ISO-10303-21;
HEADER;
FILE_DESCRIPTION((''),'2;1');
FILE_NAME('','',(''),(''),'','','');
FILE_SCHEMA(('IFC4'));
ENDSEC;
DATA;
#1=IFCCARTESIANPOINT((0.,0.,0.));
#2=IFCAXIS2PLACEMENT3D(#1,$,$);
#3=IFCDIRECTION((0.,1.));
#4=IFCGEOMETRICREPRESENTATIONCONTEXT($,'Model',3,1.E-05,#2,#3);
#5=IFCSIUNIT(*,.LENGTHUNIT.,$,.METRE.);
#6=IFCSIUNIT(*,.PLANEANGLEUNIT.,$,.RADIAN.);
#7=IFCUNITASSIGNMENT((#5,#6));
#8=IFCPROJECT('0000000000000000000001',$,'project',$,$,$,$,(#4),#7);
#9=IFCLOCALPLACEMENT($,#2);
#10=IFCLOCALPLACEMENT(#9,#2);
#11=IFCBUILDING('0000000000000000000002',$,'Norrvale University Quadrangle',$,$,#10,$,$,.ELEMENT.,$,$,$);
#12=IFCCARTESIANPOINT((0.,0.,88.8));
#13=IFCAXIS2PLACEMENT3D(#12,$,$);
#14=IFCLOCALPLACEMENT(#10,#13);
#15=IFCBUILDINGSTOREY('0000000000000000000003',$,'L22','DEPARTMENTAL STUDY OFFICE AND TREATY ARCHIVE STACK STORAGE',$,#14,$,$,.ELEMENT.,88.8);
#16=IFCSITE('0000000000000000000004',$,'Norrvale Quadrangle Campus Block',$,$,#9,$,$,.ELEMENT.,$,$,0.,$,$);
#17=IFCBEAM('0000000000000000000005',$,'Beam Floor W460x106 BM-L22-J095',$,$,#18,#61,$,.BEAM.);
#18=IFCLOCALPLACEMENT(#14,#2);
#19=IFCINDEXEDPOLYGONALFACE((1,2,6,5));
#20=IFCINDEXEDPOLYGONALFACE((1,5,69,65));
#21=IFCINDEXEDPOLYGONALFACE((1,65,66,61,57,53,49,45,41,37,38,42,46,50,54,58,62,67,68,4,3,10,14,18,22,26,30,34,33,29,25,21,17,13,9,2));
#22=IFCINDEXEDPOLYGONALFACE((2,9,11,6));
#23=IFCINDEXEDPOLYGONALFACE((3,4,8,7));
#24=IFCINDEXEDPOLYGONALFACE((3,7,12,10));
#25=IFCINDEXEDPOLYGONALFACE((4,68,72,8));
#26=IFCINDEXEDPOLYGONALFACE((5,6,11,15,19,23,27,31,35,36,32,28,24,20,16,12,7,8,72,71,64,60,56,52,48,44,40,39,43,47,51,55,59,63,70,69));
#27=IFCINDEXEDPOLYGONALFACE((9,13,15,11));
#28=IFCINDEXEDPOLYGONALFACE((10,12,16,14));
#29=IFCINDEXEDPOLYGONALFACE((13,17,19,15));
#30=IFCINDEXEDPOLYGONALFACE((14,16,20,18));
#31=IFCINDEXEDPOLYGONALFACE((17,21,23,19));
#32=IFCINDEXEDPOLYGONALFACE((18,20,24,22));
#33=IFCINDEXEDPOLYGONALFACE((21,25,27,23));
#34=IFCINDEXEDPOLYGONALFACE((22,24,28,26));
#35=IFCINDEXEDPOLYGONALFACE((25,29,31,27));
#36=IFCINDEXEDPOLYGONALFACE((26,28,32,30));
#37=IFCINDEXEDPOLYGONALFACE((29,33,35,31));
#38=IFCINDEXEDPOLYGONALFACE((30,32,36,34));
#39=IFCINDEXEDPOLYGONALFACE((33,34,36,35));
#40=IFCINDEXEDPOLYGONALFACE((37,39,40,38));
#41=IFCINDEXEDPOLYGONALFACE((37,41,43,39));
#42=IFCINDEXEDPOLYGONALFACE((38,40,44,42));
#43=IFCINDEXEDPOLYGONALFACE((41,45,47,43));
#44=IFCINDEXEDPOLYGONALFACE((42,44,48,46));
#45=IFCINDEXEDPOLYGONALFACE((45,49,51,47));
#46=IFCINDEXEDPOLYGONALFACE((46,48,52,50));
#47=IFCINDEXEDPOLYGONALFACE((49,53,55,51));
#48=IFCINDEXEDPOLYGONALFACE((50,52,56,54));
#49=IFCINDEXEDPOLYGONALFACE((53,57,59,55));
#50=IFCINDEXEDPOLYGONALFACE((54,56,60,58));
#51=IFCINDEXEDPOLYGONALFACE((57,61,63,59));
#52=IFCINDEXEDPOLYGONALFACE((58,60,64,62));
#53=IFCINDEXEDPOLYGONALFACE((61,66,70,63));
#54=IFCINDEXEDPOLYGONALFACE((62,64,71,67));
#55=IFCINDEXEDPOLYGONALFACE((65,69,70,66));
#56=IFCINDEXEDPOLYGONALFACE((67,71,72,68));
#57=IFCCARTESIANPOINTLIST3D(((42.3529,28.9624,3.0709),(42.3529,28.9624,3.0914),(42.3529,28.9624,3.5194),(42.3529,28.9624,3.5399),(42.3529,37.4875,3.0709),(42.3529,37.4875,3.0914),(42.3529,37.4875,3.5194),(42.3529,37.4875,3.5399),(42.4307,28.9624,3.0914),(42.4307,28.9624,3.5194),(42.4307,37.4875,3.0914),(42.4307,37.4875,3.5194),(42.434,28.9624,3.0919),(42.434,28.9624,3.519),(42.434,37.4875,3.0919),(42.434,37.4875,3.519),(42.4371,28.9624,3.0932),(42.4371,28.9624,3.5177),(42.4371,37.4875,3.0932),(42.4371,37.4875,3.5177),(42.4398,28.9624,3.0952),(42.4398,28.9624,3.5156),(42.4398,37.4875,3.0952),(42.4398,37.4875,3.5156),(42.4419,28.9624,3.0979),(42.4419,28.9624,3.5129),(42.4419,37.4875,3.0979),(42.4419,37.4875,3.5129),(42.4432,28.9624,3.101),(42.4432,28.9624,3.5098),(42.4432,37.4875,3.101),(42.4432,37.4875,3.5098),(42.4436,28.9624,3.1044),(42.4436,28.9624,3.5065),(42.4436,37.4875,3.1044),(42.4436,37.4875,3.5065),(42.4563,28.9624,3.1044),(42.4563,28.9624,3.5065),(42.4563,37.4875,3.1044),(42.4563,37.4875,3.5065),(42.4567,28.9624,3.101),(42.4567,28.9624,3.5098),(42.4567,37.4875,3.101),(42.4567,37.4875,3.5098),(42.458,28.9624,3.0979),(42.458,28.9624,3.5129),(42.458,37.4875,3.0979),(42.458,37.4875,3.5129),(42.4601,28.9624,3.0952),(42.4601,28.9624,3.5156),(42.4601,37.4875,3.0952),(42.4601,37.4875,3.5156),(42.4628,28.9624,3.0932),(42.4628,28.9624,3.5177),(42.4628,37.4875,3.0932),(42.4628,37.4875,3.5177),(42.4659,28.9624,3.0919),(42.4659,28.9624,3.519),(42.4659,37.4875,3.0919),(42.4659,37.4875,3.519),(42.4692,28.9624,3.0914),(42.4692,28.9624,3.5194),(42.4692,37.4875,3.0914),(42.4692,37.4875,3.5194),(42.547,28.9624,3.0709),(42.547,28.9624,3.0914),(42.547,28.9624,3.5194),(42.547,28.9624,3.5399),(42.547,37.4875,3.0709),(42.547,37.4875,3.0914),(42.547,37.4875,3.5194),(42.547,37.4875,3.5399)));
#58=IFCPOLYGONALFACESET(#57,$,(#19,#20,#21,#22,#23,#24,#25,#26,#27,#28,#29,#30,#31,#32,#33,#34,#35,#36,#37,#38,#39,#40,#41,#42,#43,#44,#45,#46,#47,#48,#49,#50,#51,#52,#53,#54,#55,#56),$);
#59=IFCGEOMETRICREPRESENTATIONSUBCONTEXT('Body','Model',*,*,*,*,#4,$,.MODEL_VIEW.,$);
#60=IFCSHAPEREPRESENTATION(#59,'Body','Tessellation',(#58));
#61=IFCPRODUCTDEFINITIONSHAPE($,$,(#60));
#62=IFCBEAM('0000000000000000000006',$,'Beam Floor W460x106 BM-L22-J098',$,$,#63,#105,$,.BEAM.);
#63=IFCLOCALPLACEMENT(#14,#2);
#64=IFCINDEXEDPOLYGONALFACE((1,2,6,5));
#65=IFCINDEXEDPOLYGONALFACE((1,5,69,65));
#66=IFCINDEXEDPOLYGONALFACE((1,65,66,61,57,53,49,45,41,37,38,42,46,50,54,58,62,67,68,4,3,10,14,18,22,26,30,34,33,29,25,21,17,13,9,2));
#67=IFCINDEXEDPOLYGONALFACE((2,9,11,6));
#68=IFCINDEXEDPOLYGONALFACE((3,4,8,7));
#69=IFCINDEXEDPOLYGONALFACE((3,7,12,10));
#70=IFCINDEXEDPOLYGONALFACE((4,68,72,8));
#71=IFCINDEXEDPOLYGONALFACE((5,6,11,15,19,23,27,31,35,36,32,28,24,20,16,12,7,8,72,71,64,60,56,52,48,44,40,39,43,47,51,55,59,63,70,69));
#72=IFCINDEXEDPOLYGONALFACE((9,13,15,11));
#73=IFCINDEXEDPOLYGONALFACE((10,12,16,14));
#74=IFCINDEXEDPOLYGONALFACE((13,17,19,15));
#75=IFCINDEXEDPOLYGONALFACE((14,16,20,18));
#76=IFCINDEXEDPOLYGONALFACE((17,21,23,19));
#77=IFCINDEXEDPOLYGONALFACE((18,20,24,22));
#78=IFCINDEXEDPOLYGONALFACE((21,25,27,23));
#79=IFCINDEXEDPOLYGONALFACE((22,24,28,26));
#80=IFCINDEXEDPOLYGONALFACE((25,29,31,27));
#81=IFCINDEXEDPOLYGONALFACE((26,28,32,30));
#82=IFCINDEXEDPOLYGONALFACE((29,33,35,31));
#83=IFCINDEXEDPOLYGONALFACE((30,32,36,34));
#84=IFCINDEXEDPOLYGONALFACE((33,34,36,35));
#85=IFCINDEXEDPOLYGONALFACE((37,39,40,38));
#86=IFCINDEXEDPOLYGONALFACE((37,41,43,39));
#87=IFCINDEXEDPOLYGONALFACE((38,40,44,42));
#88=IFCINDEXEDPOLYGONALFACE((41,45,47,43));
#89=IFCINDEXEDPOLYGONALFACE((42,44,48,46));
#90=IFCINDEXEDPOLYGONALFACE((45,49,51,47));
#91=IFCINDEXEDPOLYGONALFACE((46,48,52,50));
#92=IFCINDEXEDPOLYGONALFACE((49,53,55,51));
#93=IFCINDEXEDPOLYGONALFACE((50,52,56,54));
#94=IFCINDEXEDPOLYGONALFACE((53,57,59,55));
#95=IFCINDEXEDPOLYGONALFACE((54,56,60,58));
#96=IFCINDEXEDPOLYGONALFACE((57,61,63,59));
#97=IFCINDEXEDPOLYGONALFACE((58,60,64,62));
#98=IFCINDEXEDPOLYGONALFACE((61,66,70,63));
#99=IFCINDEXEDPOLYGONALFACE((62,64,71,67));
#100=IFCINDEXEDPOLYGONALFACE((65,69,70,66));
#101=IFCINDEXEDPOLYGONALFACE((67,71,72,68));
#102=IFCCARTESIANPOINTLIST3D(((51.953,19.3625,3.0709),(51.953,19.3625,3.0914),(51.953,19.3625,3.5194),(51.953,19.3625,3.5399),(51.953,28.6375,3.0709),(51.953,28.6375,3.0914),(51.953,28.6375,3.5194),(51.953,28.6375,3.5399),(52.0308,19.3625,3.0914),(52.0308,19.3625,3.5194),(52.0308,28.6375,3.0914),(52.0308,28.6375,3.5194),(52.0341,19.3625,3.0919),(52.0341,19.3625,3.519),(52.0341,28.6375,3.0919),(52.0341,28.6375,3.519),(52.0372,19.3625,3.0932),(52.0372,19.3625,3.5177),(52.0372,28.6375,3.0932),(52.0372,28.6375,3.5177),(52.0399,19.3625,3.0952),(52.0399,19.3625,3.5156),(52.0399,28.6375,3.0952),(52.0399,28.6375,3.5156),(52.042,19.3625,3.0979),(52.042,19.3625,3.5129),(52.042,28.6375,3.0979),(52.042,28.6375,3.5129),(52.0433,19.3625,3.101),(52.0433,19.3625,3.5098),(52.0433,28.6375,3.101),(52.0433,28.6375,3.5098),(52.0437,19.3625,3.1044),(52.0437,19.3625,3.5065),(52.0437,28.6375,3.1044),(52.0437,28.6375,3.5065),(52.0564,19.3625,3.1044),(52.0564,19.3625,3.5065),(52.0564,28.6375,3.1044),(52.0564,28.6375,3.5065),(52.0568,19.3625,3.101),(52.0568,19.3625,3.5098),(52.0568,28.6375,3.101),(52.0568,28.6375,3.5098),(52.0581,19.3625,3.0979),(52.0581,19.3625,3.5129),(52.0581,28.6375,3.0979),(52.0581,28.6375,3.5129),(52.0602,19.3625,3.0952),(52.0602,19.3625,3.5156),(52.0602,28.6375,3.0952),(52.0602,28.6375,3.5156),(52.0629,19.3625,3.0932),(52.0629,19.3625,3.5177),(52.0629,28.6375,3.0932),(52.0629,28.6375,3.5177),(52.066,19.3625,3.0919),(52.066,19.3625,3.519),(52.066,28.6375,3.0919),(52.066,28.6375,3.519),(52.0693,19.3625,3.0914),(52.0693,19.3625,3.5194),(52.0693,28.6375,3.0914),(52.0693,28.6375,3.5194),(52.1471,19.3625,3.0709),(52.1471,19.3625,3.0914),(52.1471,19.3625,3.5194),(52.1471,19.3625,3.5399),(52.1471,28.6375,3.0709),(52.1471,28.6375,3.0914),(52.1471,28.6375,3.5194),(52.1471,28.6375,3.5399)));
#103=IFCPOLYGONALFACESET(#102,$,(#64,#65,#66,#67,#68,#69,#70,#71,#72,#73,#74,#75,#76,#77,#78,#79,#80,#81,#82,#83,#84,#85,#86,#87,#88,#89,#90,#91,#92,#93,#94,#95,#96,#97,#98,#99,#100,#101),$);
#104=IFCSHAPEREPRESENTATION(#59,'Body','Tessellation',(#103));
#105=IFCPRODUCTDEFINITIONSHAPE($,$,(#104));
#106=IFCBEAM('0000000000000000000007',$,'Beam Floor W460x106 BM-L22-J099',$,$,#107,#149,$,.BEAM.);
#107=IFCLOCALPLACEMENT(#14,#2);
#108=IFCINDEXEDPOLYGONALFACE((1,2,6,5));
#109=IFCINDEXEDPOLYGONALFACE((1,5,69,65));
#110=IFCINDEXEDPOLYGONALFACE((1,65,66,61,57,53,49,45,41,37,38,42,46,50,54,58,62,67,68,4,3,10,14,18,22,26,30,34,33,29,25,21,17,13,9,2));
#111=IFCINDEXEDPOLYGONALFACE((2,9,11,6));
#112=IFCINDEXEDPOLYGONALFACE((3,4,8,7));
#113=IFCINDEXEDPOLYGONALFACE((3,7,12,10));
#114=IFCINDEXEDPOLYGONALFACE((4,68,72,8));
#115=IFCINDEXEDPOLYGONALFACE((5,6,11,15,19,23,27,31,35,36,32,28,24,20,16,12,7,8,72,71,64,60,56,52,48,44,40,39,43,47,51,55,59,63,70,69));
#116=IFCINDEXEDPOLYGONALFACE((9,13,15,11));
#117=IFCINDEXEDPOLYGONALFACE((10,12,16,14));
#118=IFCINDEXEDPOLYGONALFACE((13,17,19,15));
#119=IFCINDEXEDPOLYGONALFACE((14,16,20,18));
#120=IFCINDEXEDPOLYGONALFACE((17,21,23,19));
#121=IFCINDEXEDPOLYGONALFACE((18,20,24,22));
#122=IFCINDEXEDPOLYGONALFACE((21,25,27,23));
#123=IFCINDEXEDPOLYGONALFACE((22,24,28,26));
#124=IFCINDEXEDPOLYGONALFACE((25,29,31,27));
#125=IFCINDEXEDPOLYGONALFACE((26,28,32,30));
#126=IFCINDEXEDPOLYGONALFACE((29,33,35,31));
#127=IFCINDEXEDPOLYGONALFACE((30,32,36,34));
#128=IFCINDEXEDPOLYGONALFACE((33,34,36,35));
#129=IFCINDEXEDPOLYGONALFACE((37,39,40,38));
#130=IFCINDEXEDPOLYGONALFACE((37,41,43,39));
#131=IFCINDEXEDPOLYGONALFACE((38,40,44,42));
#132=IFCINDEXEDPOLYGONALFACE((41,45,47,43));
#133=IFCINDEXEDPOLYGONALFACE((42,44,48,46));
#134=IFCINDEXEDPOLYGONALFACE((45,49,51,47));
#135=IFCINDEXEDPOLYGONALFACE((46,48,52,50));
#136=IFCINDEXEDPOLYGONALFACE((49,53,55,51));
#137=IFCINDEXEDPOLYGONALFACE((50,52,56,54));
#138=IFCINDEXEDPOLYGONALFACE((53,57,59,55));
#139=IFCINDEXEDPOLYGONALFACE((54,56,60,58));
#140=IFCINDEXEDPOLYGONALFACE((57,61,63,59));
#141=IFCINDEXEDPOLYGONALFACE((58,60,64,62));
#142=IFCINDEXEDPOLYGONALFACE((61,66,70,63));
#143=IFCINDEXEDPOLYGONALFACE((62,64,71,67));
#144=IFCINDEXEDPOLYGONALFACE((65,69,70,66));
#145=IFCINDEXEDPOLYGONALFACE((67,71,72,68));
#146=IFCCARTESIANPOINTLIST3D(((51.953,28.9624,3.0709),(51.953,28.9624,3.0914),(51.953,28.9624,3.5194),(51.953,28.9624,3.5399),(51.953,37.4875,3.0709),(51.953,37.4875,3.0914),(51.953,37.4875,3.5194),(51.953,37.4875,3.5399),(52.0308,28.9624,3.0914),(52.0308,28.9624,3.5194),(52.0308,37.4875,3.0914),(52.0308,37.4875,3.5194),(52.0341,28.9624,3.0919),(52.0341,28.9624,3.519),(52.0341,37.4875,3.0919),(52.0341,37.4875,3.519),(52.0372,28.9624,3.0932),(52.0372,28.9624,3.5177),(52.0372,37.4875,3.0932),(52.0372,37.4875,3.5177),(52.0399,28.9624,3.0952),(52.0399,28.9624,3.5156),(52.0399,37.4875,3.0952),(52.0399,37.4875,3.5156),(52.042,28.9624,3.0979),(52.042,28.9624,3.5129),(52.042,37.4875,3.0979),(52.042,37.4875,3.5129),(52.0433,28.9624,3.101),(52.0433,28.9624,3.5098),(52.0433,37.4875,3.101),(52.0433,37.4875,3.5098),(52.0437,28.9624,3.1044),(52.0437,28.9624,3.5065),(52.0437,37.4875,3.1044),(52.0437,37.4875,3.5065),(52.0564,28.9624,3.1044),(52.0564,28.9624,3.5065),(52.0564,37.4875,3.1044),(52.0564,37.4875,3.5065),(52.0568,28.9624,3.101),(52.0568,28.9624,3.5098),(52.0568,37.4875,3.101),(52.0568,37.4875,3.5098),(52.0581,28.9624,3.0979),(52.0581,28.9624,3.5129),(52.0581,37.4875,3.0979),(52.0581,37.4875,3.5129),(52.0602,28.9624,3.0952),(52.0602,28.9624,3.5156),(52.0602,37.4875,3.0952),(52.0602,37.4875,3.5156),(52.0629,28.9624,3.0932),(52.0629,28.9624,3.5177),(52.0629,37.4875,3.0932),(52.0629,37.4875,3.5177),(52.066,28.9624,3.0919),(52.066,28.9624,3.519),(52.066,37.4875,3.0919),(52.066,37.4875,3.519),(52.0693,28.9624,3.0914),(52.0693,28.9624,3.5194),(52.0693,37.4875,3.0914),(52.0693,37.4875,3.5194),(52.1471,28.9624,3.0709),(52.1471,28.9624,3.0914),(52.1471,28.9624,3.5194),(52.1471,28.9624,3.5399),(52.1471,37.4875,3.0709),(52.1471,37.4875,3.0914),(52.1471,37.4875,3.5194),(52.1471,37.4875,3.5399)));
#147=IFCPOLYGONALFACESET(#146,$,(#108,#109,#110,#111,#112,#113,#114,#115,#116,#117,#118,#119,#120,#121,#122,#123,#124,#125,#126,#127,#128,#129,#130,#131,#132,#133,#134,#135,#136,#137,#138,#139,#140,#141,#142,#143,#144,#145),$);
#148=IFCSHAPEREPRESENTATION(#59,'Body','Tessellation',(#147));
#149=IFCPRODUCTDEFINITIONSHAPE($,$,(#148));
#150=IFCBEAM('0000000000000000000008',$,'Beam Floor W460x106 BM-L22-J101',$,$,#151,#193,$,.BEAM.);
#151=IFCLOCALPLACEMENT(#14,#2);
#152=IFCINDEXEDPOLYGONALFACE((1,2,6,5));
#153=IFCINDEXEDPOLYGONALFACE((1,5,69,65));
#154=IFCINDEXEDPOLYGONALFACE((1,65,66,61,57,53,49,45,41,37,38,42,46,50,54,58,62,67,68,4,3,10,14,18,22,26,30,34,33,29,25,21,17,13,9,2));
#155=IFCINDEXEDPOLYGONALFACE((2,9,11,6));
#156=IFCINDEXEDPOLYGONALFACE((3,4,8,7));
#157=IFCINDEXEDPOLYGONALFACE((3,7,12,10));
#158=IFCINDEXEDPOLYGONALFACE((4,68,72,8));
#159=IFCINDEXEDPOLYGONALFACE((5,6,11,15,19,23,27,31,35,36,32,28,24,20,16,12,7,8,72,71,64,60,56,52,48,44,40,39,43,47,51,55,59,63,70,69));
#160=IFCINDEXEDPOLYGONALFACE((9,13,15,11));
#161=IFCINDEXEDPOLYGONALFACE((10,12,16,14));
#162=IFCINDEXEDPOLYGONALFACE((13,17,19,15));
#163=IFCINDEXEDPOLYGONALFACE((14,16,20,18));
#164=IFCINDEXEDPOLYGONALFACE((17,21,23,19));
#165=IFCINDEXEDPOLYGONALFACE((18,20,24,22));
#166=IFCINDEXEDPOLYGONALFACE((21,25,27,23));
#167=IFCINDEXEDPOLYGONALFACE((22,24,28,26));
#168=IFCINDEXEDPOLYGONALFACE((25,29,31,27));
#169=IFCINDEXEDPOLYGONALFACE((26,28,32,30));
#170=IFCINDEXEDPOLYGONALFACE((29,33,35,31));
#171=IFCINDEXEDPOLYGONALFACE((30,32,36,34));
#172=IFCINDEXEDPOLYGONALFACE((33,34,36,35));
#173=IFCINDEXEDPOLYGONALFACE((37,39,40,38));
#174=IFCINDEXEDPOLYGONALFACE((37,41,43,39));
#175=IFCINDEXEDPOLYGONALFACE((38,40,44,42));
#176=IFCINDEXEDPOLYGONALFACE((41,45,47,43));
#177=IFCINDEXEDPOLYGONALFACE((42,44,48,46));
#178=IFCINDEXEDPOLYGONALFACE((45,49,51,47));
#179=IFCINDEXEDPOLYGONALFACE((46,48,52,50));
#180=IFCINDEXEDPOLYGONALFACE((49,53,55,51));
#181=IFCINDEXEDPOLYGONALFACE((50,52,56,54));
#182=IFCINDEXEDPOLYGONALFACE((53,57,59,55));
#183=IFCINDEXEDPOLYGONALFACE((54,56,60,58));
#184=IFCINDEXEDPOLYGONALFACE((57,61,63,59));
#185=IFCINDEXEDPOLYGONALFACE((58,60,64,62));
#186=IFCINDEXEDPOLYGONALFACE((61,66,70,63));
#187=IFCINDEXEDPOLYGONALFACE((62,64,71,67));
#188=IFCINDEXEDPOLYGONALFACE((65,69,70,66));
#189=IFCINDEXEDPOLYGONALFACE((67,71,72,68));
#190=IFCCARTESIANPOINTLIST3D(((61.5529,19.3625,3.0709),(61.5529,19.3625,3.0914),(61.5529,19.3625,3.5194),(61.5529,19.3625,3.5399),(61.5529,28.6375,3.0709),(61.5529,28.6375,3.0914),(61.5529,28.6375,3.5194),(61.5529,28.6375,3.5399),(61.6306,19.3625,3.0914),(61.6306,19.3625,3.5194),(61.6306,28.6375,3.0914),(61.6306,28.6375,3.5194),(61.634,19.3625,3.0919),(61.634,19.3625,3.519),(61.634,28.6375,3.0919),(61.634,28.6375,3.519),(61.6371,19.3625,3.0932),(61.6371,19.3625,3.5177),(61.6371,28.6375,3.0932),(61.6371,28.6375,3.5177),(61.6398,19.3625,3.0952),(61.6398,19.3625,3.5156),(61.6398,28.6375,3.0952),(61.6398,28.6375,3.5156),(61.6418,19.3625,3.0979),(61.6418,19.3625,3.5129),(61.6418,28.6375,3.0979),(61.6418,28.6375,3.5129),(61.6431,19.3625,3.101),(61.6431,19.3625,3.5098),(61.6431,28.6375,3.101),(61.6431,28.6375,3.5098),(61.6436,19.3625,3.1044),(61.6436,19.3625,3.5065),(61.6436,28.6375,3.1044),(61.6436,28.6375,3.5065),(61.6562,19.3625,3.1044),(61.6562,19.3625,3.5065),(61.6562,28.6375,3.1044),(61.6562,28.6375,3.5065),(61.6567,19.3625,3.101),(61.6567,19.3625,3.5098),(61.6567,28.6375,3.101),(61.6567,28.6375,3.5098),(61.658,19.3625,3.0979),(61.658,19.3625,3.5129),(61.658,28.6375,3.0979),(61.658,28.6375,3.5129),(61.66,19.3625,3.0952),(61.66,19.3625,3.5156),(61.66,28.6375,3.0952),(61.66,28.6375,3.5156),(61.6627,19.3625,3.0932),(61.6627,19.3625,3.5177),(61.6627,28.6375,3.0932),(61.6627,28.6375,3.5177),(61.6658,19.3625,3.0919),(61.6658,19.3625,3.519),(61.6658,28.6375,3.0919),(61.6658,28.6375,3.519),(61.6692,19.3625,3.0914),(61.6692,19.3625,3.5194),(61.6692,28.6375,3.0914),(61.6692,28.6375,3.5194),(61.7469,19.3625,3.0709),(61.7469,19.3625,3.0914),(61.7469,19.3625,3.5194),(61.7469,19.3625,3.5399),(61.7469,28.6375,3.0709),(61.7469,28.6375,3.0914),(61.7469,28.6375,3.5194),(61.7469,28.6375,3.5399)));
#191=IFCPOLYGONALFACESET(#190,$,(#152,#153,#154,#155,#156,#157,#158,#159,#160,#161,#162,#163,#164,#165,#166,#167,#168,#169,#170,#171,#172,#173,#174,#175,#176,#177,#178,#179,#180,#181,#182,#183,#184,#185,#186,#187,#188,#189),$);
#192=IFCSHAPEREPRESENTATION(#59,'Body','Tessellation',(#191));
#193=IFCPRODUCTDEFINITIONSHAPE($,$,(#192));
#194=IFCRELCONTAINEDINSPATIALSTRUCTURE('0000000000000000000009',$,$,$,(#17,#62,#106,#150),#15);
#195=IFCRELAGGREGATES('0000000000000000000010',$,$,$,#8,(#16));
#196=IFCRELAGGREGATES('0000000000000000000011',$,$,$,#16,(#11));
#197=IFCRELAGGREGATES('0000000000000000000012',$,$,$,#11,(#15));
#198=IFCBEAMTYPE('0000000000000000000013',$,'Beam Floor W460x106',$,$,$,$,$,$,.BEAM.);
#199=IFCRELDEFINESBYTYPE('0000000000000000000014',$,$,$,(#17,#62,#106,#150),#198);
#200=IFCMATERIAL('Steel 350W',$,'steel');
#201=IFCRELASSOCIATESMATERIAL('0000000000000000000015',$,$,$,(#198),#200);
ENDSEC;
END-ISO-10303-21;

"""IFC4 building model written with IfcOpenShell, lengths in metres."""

from ifc_helpers import new_model, si_unit, direction, frame, origin, origin_2d, place, context, subcontext, project, spatial, i_section, extrude, material, material_profile, profile_set, type_object, element, save


model = new_model("IFC4")

# Units and contexts
model_context = context("Model", 3, precision=1e-05, world=origin(), true_north=direction((0.0, 1.0)))
body_context = subcontext(model_context, "Body", "Model", "MODEL_VIEW")
ifc_project = project(units=[si_unit("LENGTHUNIT", "METRE"), si_unit("PLANEANGLEUNIT", "RADIAN")], contexts=[model_context])

# Site, building, storey
site_placement = place(None, origin())
site = spatial("IfcSite", under=ifc_project, at=site_placement, Name="Norrvale Quadrangle Campus Block", CompositionType="ELEMENT", RefElevation=0.0)
building_placement = place(site_placement, origin())
building = spatial("IfcBuilding", under=site, at=building_placement, Name="Norrvale University Quadrangle", CompositionType="ELEMENT")
storey_placement = place(building_placement, frame((0.0, 0.0, 88.8)))
storey = spatial("IfcBuildingStorey", under=building, at=storey_placement, Name="L22", Description="DEPARTMENTAL STUDY OFFICE AND TREATY ARCHIVE STACK STORAGE", CompositionType="ELEMENT", Elevation=88.8)

# Beams
ifc_material_1 = material(Name="Steel 350W", Category="steel")
ifc_material_profile_1 = material_profile(ifc_material_1, i_section(OverallWidth=0.1941, OverallDepth=0.469, WebThickness=0.0127, FlangeThickness=0.0205, FilletRadius=0.0129, at=origin_2d()), Name="Steel 350W")
ifc_profile_set_1 = profile_set([ifc_material_profile_1], Name="Steel 350W")
beam_type_1 = type_object("IfcBeamType", Name="Beam Floor W460x106", PredefinedType="BEAM", material=ifc_profile_set_1)
beam_1_placement = place(storey_placement, frame((42.45, 28.9624, 3.3054), z_axis=(0.0, 1.0, 0.0), x_axis=(-1.0, 0.0, 0.0)))
element("IfcBeam", 1, at=beam_1_placement, inside=storey, type_object=beam_type_1, Name="Beam Floor W460x106 BM-L22-J095", PredefinedType="BEAM", context=body_context, shape_type="SweptSolid", body=[
    extrude(i_section(OverallWidth=0.1941, OverallDepth=0.469, WebThickness=0.0127, FlangeThickness=0.0205, FilletRadius=0.0129, at=origin_2d()), origin(), (0.0, 0.0, 1.0), 8.5251),
])
beam_2_placement = place(storey_placement, frame((52.05, 19.3625, 3.3054), z_axis=(0.0, 1.0, 0.0), x_axis=(-1.0, 0.0, 0.0)))
element("IfcBeam", 2, at=beam_2_placement, inside=storey, type_object=beam_type_1, Name="Beam Floor W460x106 BM-L22-J098", PredefinedType="BEAM", context=body_context, shape_type="SweptSolid", body=[
    extrude(i_section(OverallWidth=0.1941, OverallDepth=0.469, WebThickness=0.0127, FlangeThickness=0.0205, FilletRadius=0.0129, at=origin_2d()), origin(), (0.0, 0.0, 1.0), 9.2749),
])
beam_3_placement = place(storey_placement, frame((52.05, 28.9624, 3.3054), z_axis=(0.0, 1.0, 0.0), x_axis=(-1.0, 0.0, 0.0)))
element("IfcBeam", 3, at=beam_3_placement, inside=storey, type_object=beam_type_1, Name="Beam Floor W460x106 BM-L22-J099", PredefinedType="BEAM", context=body_context, shape_type="SweptSolid", body=[
    extrude(i_section(OverallWidth=0.1941, OverallDepth=0.469, WebThickness=0.0127, FlangeThickness=0.0205, FilletRadius=0.0129, at=origin_2d()), origin(), (0.0, 0.0, 1.0), 8.5251),
])
beam_4_placement = place(storey_placement, frame((61.6499, 19.3625, 3.3054), z_axis=(0.0, 1.0, 0.0), x_axis=(-1.0, 0.0, 0.0)))
element("IfcBeam", 4, at=beam_4_placement, inside=storey, type_object=beam_type_1, Name="Beam Floor W460x106 BM-L22-J101", PredefinedType="BEAM", context=body_context, shape_type="SweptSolid", body=[
    extrude(i_section(OverallWidth=0.1941, OverallDepth=0.469, WebThickness=0.0127, FlangeThickness=0.0205, FilletRadius=0.0129, at=origin_2d()), origin(), (0.0, 0.0, 1.0), 9.2749),
])

save(model, "model.ifc")
